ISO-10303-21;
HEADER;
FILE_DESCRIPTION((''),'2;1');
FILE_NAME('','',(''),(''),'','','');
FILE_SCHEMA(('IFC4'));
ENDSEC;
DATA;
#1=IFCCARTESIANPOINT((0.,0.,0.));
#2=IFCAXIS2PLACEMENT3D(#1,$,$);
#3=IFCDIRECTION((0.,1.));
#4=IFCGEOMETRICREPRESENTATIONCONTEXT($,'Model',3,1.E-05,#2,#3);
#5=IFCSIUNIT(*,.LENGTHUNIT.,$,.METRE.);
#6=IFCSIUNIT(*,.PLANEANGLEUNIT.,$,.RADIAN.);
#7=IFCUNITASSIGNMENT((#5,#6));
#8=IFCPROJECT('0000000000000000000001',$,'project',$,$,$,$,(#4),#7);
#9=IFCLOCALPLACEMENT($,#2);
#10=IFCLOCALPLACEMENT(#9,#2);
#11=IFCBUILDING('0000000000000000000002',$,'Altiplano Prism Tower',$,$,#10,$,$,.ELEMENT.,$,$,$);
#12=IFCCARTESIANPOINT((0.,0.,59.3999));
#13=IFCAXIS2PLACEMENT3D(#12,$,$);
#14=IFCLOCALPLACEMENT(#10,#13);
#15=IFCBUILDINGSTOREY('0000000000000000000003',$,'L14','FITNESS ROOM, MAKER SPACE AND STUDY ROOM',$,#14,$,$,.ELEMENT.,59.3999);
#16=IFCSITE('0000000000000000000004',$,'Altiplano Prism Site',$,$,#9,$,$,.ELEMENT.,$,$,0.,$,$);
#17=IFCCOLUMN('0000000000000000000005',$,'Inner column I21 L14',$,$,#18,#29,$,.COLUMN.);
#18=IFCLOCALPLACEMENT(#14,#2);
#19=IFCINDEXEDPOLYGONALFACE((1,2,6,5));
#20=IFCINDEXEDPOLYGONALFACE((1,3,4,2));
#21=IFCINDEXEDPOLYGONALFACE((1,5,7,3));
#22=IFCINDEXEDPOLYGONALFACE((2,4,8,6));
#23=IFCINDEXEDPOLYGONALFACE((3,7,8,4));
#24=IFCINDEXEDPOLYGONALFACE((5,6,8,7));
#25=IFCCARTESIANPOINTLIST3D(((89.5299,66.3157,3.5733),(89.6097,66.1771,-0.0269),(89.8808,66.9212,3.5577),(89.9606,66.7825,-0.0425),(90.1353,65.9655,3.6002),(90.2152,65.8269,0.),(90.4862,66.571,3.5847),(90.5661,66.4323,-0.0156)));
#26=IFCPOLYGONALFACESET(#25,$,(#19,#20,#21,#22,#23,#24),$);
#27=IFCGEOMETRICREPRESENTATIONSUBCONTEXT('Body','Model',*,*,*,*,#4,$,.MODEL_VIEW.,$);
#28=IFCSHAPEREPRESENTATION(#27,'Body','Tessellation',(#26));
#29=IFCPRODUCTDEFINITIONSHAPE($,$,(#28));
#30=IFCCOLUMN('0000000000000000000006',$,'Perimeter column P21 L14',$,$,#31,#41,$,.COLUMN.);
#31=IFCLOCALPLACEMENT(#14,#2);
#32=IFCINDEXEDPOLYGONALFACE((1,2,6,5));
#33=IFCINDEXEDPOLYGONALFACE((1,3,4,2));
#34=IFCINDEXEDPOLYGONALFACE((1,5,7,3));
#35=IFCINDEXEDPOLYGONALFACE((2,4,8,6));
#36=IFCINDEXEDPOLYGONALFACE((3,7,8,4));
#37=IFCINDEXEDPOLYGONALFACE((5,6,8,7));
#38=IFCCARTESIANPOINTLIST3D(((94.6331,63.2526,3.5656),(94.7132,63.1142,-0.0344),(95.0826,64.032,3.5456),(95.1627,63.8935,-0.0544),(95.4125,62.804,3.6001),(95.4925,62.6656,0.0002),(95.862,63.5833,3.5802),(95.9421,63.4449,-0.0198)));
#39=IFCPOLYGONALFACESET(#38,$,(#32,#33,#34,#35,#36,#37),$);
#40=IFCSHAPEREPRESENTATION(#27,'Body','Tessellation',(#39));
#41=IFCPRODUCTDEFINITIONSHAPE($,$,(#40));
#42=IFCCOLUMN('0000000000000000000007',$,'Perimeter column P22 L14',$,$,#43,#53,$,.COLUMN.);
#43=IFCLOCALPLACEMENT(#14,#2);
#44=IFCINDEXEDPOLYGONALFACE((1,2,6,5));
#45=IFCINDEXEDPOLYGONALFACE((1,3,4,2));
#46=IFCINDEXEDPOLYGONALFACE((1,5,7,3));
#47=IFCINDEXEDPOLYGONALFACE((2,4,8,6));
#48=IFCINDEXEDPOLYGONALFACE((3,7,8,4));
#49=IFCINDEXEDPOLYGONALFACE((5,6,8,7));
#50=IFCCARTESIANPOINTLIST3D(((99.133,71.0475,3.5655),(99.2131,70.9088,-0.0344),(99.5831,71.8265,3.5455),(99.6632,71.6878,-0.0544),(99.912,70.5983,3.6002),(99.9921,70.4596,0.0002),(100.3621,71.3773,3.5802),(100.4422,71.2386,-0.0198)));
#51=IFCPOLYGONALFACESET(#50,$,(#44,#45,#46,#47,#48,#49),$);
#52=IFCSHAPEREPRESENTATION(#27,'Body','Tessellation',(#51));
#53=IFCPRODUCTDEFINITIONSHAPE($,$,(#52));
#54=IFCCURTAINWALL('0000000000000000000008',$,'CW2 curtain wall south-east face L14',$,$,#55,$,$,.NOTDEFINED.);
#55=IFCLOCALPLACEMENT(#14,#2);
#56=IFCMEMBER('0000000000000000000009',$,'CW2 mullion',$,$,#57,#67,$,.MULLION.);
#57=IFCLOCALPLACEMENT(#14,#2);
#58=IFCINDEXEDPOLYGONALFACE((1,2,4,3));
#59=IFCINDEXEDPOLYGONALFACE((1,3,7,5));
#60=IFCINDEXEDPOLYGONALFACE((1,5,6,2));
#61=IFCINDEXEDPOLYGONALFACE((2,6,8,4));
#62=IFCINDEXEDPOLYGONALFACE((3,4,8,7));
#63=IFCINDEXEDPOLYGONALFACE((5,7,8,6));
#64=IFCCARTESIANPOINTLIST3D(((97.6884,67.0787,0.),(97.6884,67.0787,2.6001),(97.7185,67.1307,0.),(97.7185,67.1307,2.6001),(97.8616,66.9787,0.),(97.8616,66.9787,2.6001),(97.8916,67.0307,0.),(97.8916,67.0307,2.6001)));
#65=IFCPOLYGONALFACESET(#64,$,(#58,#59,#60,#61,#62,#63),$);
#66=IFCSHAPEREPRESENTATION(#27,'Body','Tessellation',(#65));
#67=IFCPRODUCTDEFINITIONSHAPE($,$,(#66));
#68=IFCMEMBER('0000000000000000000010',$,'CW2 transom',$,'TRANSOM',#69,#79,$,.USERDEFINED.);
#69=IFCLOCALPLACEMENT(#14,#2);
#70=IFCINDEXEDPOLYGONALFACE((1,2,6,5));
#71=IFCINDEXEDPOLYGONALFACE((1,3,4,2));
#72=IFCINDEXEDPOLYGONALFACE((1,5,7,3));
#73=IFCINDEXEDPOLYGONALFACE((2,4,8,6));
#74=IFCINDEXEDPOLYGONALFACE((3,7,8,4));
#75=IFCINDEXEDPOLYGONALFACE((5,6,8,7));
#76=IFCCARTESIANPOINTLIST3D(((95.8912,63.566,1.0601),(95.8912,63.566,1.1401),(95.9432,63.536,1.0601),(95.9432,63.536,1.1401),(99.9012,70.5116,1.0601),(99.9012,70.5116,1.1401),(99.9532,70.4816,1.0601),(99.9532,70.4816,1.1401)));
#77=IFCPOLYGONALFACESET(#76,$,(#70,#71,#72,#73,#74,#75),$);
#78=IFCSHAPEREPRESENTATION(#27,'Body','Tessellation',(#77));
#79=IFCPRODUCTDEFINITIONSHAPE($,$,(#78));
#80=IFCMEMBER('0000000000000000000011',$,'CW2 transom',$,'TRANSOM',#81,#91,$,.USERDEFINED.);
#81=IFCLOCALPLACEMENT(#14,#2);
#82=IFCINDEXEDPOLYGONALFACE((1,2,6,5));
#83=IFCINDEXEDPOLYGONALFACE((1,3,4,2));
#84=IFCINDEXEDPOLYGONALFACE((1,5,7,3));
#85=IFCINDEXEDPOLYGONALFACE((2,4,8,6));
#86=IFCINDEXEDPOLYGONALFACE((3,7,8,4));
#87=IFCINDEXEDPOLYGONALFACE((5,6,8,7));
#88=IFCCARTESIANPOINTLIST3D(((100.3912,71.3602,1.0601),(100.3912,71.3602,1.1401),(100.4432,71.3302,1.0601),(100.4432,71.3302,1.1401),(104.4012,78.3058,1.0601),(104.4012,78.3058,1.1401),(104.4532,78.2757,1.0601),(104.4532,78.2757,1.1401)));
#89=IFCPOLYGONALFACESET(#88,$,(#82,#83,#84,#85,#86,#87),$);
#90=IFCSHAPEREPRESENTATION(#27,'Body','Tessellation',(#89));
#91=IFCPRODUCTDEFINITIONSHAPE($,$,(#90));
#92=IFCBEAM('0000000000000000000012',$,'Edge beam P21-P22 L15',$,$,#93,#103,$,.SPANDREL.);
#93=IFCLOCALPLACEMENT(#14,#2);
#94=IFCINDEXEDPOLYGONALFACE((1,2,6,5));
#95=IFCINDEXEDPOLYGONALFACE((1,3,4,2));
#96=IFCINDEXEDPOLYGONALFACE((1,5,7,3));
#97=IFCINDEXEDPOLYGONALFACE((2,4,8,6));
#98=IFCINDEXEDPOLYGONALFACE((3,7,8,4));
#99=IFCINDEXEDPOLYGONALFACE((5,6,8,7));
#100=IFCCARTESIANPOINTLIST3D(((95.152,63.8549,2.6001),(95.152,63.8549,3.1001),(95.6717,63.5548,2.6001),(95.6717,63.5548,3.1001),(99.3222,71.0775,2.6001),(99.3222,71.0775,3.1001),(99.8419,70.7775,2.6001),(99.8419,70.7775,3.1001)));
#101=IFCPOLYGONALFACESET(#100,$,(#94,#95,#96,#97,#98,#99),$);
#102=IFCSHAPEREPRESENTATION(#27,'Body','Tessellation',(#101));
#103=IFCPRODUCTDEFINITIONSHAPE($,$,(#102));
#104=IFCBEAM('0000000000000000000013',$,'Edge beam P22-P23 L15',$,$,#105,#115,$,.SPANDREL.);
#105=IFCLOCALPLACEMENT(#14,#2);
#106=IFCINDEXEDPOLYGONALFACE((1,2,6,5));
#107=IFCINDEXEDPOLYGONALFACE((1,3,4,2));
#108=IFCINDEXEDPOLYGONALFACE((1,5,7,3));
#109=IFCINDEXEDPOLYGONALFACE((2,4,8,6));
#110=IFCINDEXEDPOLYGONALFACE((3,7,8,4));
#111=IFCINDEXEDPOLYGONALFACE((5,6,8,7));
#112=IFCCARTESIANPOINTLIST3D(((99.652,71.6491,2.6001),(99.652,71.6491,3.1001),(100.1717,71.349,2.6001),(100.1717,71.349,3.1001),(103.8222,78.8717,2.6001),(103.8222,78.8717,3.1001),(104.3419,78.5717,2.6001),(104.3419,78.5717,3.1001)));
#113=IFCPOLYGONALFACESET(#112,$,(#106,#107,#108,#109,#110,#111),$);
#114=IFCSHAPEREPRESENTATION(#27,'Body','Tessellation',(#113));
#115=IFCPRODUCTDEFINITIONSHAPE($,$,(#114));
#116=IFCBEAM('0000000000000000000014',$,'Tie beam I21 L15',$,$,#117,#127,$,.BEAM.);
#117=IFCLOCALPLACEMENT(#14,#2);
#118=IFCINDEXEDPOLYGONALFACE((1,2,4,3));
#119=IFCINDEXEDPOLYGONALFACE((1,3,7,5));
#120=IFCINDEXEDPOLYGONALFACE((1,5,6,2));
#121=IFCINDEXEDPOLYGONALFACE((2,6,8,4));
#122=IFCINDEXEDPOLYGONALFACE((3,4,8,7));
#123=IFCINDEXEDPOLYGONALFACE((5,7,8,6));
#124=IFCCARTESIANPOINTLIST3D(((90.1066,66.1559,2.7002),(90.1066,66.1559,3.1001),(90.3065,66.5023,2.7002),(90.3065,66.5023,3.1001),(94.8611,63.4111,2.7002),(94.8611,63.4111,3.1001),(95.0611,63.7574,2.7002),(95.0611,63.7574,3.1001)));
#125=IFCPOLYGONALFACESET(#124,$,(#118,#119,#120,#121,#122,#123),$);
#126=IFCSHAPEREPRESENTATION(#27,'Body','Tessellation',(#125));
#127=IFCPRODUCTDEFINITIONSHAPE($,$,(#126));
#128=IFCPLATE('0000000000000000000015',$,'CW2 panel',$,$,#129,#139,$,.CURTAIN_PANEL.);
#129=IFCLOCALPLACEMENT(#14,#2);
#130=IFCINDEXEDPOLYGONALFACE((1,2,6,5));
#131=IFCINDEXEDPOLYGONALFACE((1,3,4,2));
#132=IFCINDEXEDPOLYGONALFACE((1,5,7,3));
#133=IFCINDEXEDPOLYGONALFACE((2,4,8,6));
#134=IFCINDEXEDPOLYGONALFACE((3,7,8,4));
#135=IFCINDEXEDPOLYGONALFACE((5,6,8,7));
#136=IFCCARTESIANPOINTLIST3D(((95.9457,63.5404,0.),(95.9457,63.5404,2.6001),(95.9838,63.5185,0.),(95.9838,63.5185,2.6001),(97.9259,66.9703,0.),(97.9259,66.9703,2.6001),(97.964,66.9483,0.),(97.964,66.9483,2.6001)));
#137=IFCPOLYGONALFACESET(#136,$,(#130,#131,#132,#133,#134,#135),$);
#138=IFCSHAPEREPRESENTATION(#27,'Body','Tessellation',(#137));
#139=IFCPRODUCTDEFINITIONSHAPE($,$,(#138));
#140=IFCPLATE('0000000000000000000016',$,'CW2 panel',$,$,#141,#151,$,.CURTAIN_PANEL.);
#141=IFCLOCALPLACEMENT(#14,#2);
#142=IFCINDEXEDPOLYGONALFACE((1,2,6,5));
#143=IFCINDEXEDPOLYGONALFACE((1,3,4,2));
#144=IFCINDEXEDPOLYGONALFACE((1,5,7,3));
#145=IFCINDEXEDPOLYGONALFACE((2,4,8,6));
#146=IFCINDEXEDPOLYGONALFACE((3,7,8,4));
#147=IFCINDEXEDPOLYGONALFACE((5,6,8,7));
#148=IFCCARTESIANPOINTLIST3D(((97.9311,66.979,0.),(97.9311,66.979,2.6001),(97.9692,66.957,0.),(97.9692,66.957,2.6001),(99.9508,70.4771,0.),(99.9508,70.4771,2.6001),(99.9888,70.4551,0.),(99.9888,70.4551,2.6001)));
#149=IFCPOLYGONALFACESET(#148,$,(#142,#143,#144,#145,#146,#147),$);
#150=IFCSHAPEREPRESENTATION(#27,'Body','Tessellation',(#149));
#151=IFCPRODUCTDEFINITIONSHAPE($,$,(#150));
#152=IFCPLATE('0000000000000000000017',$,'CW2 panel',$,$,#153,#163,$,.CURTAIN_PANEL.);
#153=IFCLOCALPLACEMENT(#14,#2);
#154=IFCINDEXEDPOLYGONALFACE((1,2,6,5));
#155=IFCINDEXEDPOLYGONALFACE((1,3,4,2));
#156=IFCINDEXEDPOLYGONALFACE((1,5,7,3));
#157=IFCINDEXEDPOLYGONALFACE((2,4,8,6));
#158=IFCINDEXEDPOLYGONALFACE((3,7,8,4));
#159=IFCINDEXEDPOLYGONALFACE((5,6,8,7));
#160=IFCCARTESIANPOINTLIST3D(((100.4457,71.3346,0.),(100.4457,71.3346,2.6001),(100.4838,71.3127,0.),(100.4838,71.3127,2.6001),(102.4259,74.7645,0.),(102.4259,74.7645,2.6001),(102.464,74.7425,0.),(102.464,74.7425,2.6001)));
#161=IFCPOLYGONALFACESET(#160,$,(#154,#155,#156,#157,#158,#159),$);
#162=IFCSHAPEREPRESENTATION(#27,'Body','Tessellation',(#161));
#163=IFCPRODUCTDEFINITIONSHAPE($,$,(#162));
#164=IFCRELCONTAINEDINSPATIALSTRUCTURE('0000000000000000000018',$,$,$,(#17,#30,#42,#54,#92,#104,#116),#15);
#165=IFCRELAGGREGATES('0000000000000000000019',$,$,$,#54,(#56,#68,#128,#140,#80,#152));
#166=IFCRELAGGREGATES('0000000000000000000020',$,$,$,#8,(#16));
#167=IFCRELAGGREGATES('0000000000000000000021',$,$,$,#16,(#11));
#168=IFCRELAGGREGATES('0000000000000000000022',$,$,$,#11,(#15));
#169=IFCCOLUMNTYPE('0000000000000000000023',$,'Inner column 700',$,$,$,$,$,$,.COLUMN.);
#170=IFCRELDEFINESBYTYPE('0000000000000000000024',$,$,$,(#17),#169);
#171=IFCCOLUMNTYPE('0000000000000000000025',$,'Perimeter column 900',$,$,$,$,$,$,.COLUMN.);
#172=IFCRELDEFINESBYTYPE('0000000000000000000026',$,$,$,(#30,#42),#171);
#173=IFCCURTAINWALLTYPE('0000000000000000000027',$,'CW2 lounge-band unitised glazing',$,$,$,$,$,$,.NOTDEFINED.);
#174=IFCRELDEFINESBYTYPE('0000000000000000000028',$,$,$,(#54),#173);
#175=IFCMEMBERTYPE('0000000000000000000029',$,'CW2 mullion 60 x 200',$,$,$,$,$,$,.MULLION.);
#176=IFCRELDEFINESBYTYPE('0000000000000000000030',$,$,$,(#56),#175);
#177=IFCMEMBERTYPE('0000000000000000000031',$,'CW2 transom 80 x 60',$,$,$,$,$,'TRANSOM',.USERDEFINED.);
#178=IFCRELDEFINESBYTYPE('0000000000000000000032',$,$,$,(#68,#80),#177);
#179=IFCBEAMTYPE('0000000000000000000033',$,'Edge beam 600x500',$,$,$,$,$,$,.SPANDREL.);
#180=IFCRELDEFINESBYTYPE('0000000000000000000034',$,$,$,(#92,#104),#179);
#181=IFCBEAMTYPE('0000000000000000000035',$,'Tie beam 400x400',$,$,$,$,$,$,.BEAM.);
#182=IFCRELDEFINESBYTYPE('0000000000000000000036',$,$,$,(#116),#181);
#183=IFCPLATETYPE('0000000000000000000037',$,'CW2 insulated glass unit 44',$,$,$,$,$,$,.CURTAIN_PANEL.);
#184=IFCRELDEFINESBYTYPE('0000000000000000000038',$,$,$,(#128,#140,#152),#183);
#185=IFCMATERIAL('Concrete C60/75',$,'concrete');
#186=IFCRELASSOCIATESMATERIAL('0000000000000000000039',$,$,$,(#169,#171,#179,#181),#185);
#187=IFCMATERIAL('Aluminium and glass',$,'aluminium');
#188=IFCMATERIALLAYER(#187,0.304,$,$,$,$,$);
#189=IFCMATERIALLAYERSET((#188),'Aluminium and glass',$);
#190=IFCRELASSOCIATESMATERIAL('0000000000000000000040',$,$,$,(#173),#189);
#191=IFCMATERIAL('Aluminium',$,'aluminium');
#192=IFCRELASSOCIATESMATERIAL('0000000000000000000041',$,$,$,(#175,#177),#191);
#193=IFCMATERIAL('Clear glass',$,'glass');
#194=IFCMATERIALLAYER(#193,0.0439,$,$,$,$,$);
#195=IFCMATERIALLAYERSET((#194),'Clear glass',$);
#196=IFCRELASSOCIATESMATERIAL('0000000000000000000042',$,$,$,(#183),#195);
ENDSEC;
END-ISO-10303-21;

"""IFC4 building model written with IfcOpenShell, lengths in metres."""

from ifc_helpers import new_model, si_unit, direction, frame, origin, origin_2d, place, context, subcontext, project, spatial, rectangle, extrude, material, layer, layer_set, material_profile, profile_set, type_object, element, aggregate, save


model = new_model("IFC4")

# Units and contexts
model_context = context("Model", 3, precision=1e-05, world=origin(), true_north=direction((0.0, 1.0)))
body_context = subcontext(model_context, "Body", "Model", "MODEL_VIEW")
ifc_project = project(units=[si_unit("LENGTHUNIT", "METRE"), si_unit("PLANEANGLEUNIT", "RADIAN")], contexts=[model_context])

# Site, building, storey
site_placement = place(None, origin())
site = spatial("IfcSite", under=ifc_project, at=site_placement, Name="Altiplano Prism Site", CompositionType="ELEMENT", RefElevation=0.0)
building_placement = place(site_placement, origin())
building = spatial("IfcBuilding", under=site, at=building_placement, Name="Altiplano Prism Tower", CompositionType="ELEMENT")
storey_placement = place(building_placement, frame((0.0, 0.0, 59.3999)))
storey = spatial("IfcBuildingStorey", under=building, at=storey_placement, Name="L14", Description="FITNESS ROOM, MAKER SPACE AND STUDY ROOM", CompositionType="ELEMENT", Elevation=59.3999)

# Columns
ifc_material_1 = material(Name="Concrete C60/75", Category="concrete")
ifc_material_profile_1 = material_profile(ifc_material_1, rectangle(XDim=0.7, YDim=0.7, at=origin_2d()), Name="Inner column 700")
ifc_profile_set_1 = profile_set([ifc_material_profile_1], Name="Concrete C60/75")
column_type_1 = type_object("IfcColumnType", Name="Inner column 700", PredefinedType="COLUMN", material=ifc_profile_set_1)
column_placement = place(storey_placement, frame((90.0879, 66.3047, -0.0212), z_axis=(-0.022154, 0.038481, 0.999014), x_axis=(-0.50132, -0.864977, 0.022201)))
element("IfcColumn", 1, at=column_placement, inside=storey, type_object=column_type_1, Name="Inner column I21 L14", PredefinedType="COLUMN", context=body_context, shape_type="SweptSolid", body=[
    extrude(rectangle(XDim=0.7, YDim=0.7, at=origin_2d()), origin(), (0.0, 0.0, 1.0), 3.6038),
])
ifc_material_profile_2 = material_profile(ifc_material_1, rectangle(XDim=0.8999, YDim=0.8999, at=origin_2d()), Name="Perimeter column 900")
ifc_profile_set_2 = profile_set([ifc_material_profile_2], Name="Concrete C60/75")
column_type_2 = type_object("IfcColumnType", Name="Perimeter column 900", PredefinedType="COLUMN", material=ifc_profile_set_2)
for number, where, z_axis, x_axis, name in (
    (2, (95.3276, 63.2795, -0.0271), (-0.022223, 0.038416, 0.999015), (-0.499516, -0.866021, 0.02219), "Perimeter column P21 L14"),
    (3, (99.8276, 71.0737, -0.0271), (-0.022223, 0.038483, 0.999012), (-0.500175, -0.865639, 0.022219), "Perimeter column P22 L14"),
):
    element("IfcColumn", number, at=place(storey_placement, frame(where, z_axis=z_axis, x_axis=x_axis)), inside=storey, type_object=column_type_2, Name=name, PredefinedType="COLUMN", context=body_context, shape_type="SweptSolid", body=[
        extrude(rectangle(XDim=0.8999, YDim=0.8999, at=origin_2d()), origin(), (0.0, 0.0, 1.0), 3.6035),
    ])

# Curtain wall, members
ifc_material_2 = material(Name="Aluminium and glass", Category="aluminium")
ifc_layer_1 = layer(ifc_material_2, 0.304)
ifc_layer_set_1 = layer_set([ifc_layer_1], Name="Aluminium and glass")
curtain_wall_type = type_object("IfcCurtainWallType", Name="CW2 lounge-band unitised glazing", PredefinedType="NOTDEFINED", material=ifc_layer_set_1)
curtain_wall_placement = place(storey_placement, origin())
curtain_wall = element("IfcCurtainWall", 4, at=curtain_wall_placement, inside=storey, type_object=curtain_wall_type, Name="CW2 curtain wall south-east face L14", PredefinedType="NOTDEFINED")
ifc_material_3 = material(Name="Aluminium", Category="aluminium")
ifc_material_profile_3 = material_profile(ifc_material_3, rectangle(XDim=0.2, YDim=0.0601, at=origin_2d()), Name="CW2 mullion 60 x 200")
ifc_profile_set_3 = profile_set([ifc_material_profile_3], Name="Aluminium")
member_type_1 = type_object("IfcMemberType", Name="CW2 mullion 60 x 200", PredefinedType="MULLION", material=ifc_profile_set_3)
member_1_placement = place(storey_placement, frame((97.79, 67.0547, 0.0), z_axis=(0.0, 0.0, 1.0), x_axis=(-0.866025, 0.5, 0.0)))
member_1 = element("IfcMember", 5, at=member_1_placement, type_object=member_type_1, Name="CW2 mullion", PredefinedType="MULLION", context=body_context, shape_type="SweptSolid", body=[
    extrude(rectangle(XDim=0.2, YDim=0.0601, at=origin_2d()), origin(), (0.0, 0.0, 1.0), 2.6001),
])
ifc_material_profile_4 = material_profile(ifc_material_3, rectangle(XDim=0.0601, YDim=0.0801, at=origin_2d()), Name="CW2 transom 80 x 60")
ifc_profile_set_4 = profile_set([ifc_material_profile_4], Name="Aluminium")
member_type_2 = type_object("IfcMemberType", Name="CW2 transom 80 x 60", ElementType="TRANSOM", PredefinedType="USERDEFINED", material=ifc_profile_set_4)
member_2_placement = place(storey_placement, frame((95.9172, 63.551, 1.1001), z_axis=(0.499999, 0.866026, 0.0), x_axis=(-0.866026, 0.499999, 0.0)))
member_2 = element("IfcMember", 6, at=member_2_placement, type_object=member_type_2, Name="CW2 transom", ObjectType="TRANSOM", PredefinedType="USERDEFINED", context=body_context, shape_type="SweptSolid", body=[
    extrude(rectangle(XDim=0.0601, YDim=0.0801, at=origin_2d()), origin(), (0.0, 0.0, 1.0), 8.02),
])
member_3_placement = place(storey_placement, frame((100.4172, 71.3452, 1.1001), z_axis=(0.499999, 0.866026, 0.0), x_axis=(-0.866026, 0.499999, 0.0)))
member_3 = element("IfcMember", 7, at=member_3_placement, type_object=member_type_2, Name="CW2 transom", ObjectType="TRANSOM", PredefinedType="USERDEFINED", context=body_context, shape_type="SweptSolid", body=[
    extrude(rectangle(XDim=0.0601, YDim=0.0801, at=origin_2d()), origin(), (0.0, 0.0, 1.0), 8.02),
])

# Beams
ifc_material_profile_5 = material_profile(ifc_material_1, rectangle(XDim=0.6001, YDim=0.5, at=origin_2d()), Name="Edge beam 600x500")
ifc_profile_set_5 = profile_set([ifc_material_profile_5], Name="Concrete C60/75")
beam_type_1 = type_object("IfcBeamType", Name="Edge beam 600x500", PredefinedType="SPANDREL", material=ifc_profile_set_5)
for number, where, z_axis, x_axis, name in (
    (8, (95.4119, 63.7048, 2.8501), (0.500015, 0.866017, 0.0), (-0.866017, 0.500015, 0.0), "Edge beam P21-P22 L15"),
    (9, (99.9119, 71.499, 2.8501), (0.500015, 0.866017, 0.0), (-0.866017, 0.500015, 0.0), "Edge beam P22-P23 L15"),
):
    element("IfcBeam", number, at=place(storey_placement, frame(where, z_axis=z_axis, x_axis=x_axis)), inside=storey, type_object=beam_type_1, Name=name, PredefinedType="SPANDREL", context=body_context, shape_type="SweptSolid", body=[
        extrude(rectangle(XDim=0.6001, YDim=0.5, at=origin_2d()), origin(), (0.0, 0.0, 1.0), 8.3401),
    ])
ifc_material_profile_6 = material_profile(ifc_material_1, rectangle(XDim=0.3999, YDim=0.3999, at=origin_2d()), Name="Tie beam 400x400")
ifc_profile_set_6 = profile_set([ifc_material_profile_6], Name="Concrete C60/75")
beam_type_2 = type_object("IfcBeamType", Name="Tie beam 400x400", PredefinedType="BEAM", material=ifc_profile_set_6)
beam_placement = place(storey_placement, frame((90.2065, 66.3291, 2.9001), z_axis=(0.866043, -0.49997, 0.0), x_axis=(0.49997, 0.866043, 0.0)))
element("IfcBeam", 10, at=beam_placement, inside=storey, type_object=beam_type_2, Name="Tie beam I21 L15", PredefinedType="BEAM", context=body_context, shape_type="SweptSolid", body=[
    extrude(rectangle(XDim=0.3999, YDim=0.3999, at=origin_2d()), origin(), (0.0, 0.0, 1.0), 5.49),
])

# Plates
ifc_material_4 = material(Name="Clear glass", Category="glass")
ifc_layer_2 = layer(ifc_material_4, 0.0439)
ifc_layer_set_2 = layer_set([ifc_layer_2], Name="Clear glass")
plate_type = type_object("IfcPlateType", Name="CW2 insulated glass unit 44", PredefinedType="CURTAIN_PANEL", material=ifc_layer_set_2)
plate_1_placement = place(storey_placement, frame((96.9548, 65.2444, 0.0), z_axis=(0.0, 0.0, 1.0), x_axis=(0.5, 0.866025, 0.0)))
plate_1 = element("IfcPlate", 11, at=plate_1_placement, type_object=plate_type, Name="CW2 panel", PredefinedType="CURTAIN_PANEL", context=body_context, shape_type="SweptSolid", body=[
    extrude(rectangle(XDim=3.9604, YDim=0.0439, at=origin_2d()), origin(), (0.0, 0.0, 1.0), 2.6001),
])
plate_2_placement = place(storey_placement, frame((98.96, 68.717, 0.0), z_axis=(0.0, 0.0, 1.0), x_axis=(0.5, 0.866025, 0.0)))
plate_2 = element("IfcPlate", 12, at=plate_2_placement, type_object=plate_type, Name="CW2 panel", PredefinedType="CURTAIN_PANEL", context=body_context, shape_type="SweptSolid", body=[
    extrude(rectangle(XDim=4.0393, YDim=0.0439, at=origin_2d()), origin(), (0.0, 0.0, 1.0), 2.6001),
])
plate_3_placement = place(storey_placement, frame((101.4548, 73.0386, 0.0), z_axis=(0.0, 0.0, 1.0), x_axis=(0.5, 0.866025, 0.0)))
plate_3 = element("IfcPlate", 13, at=plate_3_placement, type_object=plate_type, Name="CW2 panel", PredefinedType="CURTAIN_PANEL", context=body_context, shape_type="SweptSolid", body=[
    extrude(rectangle(XDim=3.9604, YDim=0.0439, at=origin_2d()), origin(), (0.0, 0.0, 1.0), 2.6001),
])
aggregate(curtain_wall, [member_1, member_2, plate_1, plate_2, member_3, plate_3])

save(model, "model.ifc")
